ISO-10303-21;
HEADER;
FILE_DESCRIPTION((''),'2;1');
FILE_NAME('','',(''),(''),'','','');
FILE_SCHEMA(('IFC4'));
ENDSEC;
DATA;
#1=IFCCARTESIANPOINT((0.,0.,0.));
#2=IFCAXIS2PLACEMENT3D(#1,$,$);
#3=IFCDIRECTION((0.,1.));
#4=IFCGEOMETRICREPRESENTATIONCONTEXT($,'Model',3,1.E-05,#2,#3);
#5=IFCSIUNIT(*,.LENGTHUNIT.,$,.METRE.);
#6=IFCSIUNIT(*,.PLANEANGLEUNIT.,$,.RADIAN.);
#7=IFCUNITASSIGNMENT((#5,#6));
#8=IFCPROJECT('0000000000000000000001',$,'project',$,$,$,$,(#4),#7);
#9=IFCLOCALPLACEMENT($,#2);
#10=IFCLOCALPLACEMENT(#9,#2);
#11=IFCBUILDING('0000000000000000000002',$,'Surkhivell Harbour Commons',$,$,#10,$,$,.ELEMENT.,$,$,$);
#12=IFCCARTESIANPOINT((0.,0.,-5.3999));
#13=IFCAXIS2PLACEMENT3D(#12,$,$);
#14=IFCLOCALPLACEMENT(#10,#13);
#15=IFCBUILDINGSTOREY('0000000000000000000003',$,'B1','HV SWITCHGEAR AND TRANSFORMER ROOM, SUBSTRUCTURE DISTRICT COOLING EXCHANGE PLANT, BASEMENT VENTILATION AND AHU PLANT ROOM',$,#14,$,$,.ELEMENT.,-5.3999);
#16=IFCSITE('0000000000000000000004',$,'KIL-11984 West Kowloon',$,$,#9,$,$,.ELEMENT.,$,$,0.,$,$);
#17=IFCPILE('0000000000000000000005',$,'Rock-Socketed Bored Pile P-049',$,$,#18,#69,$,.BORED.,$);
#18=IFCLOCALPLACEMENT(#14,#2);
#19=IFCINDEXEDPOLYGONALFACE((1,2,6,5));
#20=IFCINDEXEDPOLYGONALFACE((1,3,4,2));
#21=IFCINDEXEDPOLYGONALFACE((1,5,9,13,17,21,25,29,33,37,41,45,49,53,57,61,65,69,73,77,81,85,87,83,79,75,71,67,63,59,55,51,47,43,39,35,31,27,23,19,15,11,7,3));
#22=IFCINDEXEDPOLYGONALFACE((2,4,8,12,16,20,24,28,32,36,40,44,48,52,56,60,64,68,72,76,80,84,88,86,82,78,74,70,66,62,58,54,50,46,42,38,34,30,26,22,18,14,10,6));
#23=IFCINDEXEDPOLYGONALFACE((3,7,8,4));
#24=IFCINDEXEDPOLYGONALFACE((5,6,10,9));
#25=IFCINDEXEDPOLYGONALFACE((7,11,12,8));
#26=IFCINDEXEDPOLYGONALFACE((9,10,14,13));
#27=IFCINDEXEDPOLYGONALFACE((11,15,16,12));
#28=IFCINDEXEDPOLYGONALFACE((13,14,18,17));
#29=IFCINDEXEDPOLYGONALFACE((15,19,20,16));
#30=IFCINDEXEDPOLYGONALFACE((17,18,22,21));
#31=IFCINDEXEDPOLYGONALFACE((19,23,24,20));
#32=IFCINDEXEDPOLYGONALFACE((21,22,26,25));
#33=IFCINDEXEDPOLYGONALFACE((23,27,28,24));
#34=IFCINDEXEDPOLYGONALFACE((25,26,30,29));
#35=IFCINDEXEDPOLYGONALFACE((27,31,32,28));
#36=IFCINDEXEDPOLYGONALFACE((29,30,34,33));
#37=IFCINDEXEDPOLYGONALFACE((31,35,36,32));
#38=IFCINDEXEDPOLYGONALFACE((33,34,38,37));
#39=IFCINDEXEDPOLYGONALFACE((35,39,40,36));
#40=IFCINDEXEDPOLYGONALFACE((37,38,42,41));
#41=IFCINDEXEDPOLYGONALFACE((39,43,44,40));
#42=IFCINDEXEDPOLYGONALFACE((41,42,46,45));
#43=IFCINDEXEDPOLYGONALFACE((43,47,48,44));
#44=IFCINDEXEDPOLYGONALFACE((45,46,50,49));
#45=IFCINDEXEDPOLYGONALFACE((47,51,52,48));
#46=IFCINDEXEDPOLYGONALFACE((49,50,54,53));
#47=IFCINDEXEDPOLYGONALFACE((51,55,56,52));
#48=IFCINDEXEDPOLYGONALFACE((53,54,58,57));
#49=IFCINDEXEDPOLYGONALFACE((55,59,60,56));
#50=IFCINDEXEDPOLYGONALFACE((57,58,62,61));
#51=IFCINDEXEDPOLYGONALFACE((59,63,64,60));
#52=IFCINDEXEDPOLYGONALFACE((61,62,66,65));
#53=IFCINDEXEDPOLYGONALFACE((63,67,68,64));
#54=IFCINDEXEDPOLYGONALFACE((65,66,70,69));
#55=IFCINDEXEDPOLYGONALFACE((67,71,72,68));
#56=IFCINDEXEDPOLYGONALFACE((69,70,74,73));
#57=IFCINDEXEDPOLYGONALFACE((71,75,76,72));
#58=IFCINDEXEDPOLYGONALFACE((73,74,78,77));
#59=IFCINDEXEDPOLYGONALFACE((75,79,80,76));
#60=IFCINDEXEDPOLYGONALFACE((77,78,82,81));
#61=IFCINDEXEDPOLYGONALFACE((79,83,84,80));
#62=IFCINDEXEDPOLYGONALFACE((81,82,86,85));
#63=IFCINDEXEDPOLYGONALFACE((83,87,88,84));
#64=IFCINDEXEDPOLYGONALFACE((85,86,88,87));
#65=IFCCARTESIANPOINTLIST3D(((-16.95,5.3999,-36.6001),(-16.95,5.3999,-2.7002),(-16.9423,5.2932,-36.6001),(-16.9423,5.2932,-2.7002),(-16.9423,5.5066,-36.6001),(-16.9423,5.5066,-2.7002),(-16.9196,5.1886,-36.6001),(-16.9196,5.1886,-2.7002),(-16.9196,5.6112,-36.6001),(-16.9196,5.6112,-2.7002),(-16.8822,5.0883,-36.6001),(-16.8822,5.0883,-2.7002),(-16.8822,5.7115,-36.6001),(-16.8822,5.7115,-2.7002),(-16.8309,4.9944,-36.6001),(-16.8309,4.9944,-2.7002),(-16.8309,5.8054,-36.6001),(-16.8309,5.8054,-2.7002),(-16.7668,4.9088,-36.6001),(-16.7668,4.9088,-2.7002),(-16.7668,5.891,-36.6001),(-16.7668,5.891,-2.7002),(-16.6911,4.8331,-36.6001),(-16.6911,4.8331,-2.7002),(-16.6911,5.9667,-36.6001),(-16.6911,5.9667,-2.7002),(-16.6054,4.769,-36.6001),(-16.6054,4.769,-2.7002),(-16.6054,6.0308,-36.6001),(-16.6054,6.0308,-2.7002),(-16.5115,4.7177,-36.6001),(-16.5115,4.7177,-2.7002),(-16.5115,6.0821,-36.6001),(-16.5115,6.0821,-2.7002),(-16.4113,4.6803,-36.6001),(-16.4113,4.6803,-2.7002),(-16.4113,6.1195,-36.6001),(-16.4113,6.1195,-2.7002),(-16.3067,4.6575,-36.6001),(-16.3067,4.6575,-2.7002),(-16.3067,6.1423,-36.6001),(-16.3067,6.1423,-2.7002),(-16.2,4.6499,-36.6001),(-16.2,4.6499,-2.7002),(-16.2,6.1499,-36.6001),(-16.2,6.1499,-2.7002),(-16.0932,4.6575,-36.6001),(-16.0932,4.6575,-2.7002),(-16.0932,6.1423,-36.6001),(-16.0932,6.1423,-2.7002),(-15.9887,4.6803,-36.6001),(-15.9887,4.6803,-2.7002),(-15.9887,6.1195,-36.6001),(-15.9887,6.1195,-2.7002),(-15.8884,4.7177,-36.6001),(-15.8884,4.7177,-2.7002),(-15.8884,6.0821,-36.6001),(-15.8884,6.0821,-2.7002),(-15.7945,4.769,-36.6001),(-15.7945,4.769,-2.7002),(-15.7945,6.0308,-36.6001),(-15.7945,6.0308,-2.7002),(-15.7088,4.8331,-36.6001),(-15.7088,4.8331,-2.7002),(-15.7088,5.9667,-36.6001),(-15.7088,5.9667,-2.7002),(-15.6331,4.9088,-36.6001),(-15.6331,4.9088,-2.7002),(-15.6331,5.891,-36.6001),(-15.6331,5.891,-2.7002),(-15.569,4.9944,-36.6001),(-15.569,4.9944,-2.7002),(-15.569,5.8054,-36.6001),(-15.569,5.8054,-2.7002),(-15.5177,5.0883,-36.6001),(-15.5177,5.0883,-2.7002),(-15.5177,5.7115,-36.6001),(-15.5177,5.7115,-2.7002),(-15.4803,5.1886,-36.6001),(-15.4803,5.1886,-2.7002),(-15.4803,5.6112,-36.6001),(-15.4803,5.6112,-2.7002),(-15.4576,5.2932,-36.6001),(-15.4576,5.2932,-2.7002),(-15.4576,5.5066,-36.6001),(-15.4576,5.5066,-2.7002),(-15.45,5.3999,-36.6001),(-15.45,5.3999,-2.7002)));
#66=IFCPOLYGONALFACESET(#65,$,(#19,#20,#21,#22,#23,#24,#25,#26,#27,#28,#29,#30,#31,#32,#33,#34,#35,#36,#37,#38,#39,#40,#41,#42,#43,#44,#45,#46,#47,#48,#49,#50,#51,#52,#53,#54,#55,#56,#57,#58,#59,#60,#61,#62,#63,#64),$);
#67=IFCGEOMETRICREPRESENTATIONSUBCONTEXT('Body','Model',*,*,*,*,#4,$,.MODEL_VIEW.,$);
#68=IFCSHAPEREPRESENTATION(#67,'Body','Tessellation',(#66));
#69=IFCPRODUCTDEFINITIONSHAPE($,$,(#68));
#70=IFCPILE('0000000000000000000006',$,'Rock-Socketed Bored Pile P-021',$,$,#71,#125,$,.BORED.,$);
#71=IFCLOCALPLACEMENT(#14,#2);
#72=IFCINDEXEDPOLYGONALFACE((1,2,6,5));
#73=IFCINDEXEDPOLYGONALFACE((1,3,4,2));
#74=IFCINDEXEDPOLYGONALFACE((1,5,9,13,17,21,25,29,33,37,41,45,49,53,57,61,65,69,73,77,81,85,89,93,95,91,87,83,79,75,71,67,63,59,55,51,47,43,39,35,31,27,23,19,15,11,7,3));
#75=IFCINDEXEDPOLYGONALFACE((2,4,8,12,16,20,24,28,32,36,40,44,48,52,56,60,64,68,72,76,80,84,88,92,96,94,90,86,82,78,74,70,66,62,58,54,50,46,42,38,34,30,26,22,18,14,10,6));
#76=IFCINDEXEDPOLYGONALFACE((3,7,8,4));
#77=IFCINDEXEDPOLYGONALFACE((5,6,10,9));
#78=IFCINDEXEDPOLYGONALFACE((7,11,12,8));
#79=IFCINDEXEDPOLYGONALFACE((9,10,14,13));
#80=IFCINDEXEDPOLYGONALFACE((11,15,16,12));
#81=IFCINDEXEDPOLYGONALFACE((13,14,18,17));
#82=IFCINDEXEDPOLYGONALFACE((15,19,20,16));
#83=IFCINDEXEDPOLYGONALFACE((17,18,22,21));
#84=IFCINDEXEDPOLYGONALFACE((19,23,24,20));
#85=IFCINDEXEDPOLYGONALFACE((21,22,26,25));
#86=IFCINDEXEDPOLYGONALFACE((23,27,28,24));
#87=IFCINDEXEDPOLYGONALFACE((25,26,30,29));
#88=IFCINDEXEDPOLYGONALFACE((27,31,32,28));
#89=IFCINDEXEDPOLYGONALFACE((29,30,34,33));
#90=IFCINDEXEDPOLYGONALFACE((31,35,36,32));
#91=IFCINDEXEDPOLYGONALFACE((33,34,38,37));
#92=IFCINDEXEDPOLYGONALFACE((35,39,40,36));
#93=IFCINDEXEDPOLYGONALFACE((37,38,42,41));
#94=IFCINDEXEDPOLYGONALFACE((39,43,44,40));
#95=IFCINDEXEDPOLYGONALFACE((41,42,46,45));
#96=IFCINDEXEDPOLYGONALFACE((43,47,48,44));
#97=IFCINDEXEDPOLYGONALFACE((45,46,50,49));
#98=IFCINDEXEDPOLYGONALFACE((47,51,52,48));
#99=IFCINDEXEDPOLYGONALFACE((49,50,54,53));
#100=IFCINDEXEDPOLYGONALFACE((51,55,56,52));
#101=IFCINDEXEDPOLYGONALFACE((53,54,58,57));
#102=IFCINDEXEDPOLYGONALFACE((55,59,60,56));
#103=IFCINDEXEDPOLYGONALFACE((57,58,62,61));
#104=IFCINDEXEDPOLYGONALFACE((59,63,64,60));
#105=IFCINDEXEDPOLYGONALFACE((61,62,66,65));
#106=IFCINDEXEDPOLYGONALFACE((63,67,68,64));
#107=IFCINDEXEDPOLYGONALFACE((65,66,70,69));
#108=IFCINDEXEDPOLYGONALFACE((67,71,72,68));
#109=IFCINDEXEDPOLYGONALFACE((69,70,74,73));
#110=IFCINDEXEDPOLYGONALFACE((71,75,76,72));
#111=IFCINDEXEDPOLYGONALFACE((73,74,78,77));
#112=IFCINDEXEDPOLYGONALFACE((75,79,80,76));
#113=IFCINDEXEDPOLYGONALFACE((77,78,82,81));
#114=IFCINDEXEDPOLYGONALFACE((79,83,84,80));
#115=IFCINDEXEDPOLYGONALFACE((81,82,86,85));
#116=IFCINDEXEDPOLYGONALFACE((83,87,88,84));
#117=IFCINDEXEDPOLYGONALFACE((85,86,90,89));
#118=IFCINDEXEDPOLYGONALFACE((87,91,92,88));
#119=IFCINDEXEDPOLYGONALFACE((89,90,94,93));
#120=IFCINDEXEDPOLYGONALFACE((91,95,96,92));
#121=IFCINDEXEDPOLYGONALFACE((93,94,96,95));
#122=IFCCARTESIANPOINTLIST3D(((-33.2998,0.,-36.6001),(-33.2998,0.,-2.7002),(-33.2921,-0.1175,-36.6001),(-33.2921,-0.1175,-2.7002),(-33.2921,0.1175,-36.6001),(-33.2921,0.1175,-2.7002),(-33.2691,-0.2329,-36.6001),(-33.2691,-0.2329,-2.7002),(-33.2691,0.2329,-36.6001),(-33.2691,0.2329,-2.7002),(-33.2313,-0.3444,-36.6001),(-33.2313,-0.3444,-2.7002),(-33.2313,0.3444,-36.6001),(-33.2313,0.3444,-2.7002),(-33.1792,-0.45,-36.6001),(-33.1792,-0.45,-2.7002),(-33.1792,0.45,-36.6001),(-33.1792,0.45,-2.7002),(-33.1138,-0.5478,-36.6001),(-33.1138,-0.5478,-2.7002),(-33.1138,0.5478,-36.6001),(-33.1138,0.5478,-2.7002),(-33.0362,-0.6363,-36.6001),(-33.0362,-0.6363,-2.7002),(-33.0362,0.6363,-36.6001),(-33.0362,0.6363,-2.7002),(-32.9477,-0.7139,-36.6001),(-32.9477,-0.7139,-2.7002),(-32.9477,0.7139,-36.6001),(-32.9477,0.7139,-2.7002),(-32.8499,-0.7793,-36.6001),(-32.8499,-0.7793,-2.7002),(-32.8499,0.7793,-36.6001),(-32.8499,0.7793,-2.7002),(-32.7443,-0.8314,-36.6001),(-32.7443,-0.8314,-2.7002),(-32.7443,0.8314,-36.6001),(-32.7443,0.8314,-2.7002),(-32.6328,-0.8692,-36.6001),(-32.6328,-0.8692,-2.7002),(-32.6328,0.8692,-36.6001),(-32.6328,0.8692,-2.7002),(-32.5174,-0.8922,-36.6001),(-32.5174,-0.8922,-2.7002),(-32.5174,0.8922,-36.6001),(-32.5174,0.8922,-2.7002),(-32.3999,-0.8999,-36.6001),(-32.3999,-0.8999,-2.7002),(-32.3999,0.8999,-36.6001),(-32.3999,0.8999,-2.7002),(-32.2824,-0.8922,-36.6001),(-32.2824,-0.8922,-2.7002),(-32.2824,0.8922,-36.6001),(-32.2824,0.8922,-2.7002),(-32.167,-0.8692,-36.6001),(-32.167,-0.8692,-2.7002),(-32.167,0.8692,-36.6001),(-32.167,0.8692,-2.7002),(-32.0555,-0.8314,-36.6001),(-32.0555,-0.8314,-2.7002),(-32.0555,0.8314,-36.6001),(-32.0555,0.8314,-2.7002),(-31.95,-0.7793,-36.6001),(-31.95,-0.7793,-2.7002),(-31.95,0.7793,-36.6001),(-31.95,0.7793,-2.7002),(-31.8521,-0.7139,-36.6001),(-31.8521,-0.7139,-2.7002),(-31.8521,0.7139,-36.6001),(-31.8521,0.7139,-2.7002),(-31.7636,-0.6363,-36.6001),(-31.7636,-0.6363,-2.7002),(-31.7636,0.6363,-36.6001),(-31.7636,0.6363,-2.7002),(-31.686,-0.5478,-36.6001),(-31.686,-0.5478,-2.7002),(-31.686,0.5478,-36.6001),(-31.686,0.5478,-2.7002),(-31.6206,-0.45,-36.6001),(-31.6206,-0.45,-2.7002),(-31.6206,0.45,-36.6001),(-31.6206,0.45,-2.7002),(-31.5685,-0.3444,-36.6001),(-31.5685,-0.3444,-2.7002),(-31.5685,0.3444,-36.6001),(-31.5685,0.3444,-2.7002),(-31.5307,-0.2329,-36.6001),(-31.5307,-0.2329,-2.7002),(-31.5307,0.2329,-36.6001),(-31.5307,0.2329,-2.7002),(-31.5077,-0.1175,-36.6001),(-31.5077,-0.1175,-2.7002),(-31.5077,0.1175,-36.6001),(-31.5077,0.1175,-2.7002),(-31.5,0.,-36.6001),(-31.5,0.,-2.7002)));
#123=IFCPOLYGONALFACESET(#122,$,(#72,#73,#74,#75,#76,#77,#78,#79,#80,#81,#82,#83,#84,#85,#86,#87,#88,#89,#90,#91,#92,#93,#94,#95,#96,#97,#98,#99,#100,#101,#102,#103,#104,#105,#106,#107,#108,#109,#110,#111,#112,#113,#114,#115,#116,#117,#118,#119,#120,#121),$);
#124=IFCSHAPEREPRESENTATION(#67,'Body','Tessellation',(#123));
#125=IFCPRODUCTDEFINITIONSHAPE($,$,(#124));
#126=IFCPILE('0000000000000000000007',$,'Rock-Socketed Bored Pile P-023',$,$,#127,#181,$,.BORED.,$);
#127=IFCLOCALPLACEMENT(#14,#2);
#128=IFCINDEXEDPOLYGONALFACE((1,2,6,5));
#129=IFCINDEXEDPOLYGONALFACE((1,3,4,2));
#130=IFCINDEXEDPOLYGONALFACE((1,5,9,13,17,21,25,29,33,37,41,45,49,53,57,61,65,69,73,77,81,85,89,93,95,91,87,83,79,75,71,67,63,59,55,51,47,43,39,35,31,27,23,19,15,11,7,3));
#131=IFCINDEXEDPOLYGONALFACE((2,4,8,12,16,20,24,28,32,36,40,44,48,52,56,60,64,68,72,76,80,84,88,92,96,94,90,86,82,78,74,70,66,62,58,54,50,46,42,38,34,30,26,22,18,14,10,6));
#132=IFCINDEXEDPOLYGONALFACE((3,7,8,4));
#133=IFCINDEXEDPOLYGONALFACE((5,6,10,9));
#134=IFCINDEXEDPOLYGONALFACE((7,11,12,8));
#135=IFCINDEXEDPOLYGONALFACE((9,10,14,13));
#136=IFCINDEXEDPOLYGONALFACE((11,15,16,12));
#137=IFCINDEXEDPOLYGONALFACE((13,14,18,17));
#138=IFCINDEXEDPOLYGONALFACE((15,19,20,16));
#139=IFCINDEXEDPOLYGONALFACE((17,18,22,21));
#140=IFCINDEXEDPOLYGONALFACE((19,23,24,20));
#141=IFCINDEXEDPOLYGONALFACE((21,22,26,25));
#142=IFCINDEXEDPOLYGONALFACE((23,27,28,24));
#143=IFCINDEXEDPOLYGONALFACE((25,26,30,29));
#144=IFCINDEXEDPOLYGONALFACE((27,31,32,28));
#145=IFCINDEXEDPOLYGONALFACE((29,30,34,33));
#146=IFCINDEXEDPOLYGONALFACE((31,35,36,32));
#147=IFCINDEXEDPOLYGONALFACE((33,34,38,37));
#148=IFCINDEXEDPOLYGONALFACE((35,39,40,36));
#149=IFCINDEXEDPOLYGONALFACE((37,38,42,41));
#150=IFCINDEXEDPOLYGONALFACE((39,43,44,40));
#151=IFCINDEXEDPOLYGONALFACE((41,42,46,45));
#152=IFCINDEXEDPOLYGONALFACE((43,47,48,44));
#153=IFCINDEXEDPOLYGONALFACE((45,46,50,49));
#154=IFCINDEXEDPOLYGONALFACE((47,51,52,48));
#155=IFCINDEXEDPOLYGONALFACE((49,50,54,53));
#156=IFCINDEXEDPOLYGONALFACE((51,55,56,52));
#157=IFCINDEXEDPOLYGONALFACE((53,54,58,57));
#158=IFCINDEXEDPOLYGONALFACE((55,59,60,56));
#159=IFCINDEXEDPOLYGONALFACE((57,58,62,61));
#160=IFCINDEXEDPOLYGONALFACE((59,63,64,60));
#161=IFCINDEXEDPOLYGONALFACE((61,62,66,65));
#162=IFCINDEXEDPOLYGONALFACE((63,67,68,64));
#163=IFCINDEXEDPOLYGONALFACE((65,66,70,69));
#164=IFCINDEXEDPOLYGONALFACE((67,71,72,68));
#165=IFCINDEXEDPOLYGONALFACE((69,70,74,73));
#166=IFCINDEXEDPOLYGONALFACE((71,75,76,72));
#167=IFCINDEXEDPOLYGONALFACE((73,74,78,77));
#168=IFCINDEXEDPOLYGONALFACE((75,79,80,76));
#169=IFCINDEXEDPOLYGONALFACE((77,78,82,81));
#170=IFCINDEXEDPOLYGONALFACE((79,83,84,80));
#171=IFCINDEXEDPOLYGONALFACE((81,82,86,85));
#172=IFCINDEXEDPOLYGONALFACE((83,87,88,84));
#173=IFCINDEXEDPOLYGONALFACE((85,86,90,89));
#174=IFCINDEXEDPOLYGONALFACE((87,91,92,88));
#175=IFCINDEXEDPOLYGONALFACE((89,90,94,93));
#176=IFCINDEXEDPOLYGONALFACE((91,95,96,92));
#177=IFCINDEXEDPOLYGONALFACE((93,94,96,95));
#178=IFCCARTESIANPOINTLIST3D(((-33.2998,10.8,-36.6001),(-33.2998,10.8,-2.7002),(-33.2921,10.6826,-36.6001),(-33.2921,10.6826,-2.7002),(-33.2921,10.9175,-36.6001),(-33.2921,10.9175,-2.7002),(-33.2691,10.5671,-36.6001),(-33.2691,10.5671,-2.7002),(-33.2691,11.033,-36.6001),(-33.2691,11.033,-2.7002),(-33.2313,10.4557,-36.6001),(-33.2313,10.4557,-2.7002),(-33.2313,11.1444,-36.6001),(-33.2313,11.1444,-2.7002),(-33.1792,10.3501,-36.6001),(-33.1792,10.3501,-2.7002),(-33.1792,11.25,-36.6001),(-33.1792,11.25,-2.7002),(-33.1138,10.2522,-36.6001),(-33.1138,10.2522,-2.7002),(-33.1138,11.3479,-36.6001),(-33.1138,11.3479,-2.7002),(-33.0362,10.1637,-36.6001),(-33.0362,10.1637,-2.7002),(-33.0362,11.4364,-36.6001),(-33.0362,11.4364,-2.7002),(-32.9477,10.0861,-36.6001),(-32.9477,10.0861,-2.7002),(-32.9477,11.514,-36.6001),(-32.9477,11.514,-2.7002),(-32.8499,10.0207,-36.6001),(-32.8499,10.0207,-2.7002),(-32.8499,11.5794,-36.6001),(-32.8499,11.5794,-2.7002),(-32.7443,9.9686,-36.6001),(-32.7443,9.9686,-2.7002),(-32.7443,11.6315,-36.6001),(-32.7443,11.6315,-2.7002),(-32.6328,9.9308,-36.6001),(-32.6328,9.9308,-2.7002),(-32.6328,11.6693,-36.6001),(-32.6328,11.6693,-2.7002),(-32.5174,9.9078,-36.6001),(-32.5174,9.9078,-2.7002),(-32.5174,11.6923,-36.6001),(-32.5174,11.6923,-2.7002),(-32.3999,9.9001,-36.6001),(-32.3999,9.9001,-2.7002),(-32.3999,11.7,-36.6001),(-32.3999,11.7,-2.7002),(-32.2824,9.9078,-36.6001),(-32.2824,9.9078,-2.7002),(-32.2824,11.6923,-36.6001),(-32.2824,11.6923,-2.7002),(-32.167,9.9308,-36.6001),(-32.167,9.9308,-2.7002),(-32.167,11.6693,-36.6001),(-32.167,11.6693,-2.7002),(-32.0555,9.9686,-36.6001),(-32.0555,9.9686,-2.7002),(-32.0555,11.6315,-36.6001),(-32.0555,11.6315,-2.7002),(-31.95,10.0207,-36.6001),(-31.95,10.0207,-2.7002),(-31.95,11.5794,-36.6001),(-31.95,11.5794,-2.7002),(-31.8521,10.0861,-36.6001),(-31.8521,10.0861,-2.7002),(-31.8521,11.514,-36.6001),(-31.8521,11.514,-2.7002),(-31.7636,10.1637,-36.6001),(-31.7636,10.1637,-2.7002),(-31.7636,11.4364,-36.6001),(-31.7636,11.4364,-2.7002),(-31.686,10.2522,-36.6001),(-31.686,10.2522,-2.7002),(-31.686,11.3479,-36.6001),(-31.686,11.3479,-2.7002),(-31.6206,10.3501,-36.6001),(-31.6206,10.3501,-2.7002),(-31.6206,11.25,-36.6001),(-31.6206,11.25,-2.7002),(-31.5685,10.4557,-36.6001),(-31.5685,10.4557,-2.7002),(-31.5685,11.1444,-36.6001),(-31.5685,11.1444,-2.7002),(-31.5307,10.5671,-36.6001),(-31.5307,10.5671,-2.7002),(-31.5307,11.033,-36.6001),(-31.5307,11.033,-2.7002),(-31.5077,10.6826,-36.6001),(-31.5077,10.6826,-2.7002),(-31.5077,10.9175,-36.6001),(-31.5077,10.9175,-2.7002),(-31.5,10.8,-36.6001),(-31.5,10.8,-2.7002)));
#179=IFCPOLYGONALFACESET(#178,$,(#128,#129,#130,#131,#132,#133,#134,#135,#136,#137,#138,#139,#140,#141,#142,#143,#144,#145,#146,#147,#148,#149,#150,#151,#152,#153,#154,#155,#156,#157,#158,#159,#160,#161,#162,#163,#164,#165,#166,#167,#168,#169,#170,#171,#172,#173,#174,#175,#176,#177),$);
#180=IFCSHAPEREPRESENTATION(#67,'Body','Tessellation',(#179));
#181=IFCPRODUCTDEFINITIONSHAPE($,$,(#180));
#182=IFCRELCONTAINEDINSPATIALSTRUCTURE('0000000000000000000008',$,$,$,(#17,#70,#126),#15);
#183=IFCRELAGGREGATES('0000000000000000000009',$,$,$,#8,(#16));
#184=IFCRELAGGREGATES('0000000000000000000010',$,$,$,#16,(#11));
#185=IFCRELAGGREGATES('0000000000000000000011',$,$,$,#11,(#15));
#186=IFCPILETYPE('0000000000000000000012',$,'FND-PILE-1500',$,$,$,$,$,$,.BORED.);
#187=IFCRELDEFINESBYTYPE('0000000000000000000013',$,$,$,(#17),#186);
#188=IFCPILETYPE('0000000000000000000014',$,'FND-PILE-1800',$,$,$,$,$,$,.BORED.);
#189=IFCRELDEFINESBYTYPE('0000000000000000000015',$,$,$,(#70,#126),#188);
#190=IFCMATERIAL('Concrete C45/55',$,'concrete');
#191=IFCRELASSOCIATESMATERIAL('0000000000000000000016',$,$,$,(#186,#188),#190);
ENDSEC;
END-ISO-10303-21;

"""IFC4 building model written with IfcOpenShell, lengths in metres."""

from ifc_helpers import new_model, si_unit, direction, frame, origin, origin_2d, place, context, subcontext, project, spatial, circle, extrude, material, material_profile, profile_set, type_object, element, save


model = new_model("IFC4")

# Units and contexts
model_context = context("Model", 3, precision=1e-05, world=origin(), true_north=direction((0.0, 1.0)))
body_context = subcontext(model_context, "Body", "Model", "MODEL_VIEW")
ifc_project = project(units=[si_unit("LENGTHUNIT", "METRE"), si_unit("PLANEANGLEUNIT", "RADIAN")], contexts=[model_context])

# Site, building, storey
site_placement = place(None, origin())
site = spatial("IfcSite", under=ifc_project, at=site_placement, Name="KIL-11984 West Kowloon", CompositionType="ELEMENT", RefElevation=0.0)
building_placement = place(site_placement, origin())
building = spatial("IfcBuilding", under=site, at=building_placement, Name="Surkhivell Harbour Commons", CompositionType="ELEMENT")
storey_placement = place(building_placement, frame((0.0, 0.0, -5.3999)))
storey = spatial("IfcBuildingStorey", under=building, at=storey_placement, Name="B1", Description="HV SWITCHGEAR AND TRANSFORMER ROOM, SUBSTRUCTURE DISTRICT COOLING EXCHANGE PLANT, BASEMENT VENTILATION AND AHU PLANT ROOM", CompositionType="ELEMENT", Elevation=-5.3999)

# Piles
ifc_material_1 = material(Name="Concrete C45/55", Category="concrete")
ifc_material_profile_1 = material_profile(ifc_material_1, circle(Radius=0.75, at=origin_2d()), Name="PILE-1500")
ifc_profile_set_1 = profile_set([ifc_material_profile_1], Name="Concrete C45/55")
pile_type_1 = type_object("IfcPileType", Name="FND-PILE-1500", PredefinedType="BORED", material=ifc_profile_set_1)
for number, where, z_axis, x_axis, name in (
    (1, (-16.2, 5.3999, -2.7002), (0.0, 0.0, -1.0), (1.0, 0.0, 0.0), "Rock-Socketed Bored Pile P-049"),
):
    element("IfcPile", number, at=place(storey_placement, frame(where, z_axis=z_axis, x_axis=x_axis)), inside=storey, type_object=pile_type_1, Name=name, PredefinedType="BORED", context=body_context, shape_type="SweptSolid", body=[
        extrude(circle(Radius=0.75, at=origin_2d()), origin(), (0.0, 0.0, 1.0), 33.8999),
    ])
ifc_material_profile_2 = material_profile(ifc_material_1, circle(Radius=0.8999, at=origin_2d()), Name="PILE-1800")
ifc_profile_set_2 = profile_set([ifc_material_profile_2], Name="Concrete C45/55")
pile_type_2 = type_object("IfcPileType", Name="FND-PILE-1800", PredefinedType="BORED", material=ifc_profile_set_2)
for number, where, z_axis, x_axis, name in (
    (2, (-32.3999, 0.0, -2.7002), (0.0, 0.0, -1.0), (1.0, 0.0, 0.0), "Rock-Socketed Bored Pile P-021"),
    (3, (-32.3999, 10.8, -2.7002), (0.0, 0.0, -1.0), (1.0, 0.0, 0.0), "Rock-Socketed Bored Pile P-023"),
):
    element("IfcPile", number, at=place(storey_placement, frame(where, z_axis=z_axis, x_axis=x_axis)), inside=storey, type_object=pile_type_2, Name=name, PredefinedType="BORED", context=body_context, shape_type="SweptSolid", body=[
        extrude(circle(Radius=0.8999, at=origin_2d()), origin(), (0.0, 0.0, 1.0), 33.8999),
    ])

save(model, "model.ifc")
